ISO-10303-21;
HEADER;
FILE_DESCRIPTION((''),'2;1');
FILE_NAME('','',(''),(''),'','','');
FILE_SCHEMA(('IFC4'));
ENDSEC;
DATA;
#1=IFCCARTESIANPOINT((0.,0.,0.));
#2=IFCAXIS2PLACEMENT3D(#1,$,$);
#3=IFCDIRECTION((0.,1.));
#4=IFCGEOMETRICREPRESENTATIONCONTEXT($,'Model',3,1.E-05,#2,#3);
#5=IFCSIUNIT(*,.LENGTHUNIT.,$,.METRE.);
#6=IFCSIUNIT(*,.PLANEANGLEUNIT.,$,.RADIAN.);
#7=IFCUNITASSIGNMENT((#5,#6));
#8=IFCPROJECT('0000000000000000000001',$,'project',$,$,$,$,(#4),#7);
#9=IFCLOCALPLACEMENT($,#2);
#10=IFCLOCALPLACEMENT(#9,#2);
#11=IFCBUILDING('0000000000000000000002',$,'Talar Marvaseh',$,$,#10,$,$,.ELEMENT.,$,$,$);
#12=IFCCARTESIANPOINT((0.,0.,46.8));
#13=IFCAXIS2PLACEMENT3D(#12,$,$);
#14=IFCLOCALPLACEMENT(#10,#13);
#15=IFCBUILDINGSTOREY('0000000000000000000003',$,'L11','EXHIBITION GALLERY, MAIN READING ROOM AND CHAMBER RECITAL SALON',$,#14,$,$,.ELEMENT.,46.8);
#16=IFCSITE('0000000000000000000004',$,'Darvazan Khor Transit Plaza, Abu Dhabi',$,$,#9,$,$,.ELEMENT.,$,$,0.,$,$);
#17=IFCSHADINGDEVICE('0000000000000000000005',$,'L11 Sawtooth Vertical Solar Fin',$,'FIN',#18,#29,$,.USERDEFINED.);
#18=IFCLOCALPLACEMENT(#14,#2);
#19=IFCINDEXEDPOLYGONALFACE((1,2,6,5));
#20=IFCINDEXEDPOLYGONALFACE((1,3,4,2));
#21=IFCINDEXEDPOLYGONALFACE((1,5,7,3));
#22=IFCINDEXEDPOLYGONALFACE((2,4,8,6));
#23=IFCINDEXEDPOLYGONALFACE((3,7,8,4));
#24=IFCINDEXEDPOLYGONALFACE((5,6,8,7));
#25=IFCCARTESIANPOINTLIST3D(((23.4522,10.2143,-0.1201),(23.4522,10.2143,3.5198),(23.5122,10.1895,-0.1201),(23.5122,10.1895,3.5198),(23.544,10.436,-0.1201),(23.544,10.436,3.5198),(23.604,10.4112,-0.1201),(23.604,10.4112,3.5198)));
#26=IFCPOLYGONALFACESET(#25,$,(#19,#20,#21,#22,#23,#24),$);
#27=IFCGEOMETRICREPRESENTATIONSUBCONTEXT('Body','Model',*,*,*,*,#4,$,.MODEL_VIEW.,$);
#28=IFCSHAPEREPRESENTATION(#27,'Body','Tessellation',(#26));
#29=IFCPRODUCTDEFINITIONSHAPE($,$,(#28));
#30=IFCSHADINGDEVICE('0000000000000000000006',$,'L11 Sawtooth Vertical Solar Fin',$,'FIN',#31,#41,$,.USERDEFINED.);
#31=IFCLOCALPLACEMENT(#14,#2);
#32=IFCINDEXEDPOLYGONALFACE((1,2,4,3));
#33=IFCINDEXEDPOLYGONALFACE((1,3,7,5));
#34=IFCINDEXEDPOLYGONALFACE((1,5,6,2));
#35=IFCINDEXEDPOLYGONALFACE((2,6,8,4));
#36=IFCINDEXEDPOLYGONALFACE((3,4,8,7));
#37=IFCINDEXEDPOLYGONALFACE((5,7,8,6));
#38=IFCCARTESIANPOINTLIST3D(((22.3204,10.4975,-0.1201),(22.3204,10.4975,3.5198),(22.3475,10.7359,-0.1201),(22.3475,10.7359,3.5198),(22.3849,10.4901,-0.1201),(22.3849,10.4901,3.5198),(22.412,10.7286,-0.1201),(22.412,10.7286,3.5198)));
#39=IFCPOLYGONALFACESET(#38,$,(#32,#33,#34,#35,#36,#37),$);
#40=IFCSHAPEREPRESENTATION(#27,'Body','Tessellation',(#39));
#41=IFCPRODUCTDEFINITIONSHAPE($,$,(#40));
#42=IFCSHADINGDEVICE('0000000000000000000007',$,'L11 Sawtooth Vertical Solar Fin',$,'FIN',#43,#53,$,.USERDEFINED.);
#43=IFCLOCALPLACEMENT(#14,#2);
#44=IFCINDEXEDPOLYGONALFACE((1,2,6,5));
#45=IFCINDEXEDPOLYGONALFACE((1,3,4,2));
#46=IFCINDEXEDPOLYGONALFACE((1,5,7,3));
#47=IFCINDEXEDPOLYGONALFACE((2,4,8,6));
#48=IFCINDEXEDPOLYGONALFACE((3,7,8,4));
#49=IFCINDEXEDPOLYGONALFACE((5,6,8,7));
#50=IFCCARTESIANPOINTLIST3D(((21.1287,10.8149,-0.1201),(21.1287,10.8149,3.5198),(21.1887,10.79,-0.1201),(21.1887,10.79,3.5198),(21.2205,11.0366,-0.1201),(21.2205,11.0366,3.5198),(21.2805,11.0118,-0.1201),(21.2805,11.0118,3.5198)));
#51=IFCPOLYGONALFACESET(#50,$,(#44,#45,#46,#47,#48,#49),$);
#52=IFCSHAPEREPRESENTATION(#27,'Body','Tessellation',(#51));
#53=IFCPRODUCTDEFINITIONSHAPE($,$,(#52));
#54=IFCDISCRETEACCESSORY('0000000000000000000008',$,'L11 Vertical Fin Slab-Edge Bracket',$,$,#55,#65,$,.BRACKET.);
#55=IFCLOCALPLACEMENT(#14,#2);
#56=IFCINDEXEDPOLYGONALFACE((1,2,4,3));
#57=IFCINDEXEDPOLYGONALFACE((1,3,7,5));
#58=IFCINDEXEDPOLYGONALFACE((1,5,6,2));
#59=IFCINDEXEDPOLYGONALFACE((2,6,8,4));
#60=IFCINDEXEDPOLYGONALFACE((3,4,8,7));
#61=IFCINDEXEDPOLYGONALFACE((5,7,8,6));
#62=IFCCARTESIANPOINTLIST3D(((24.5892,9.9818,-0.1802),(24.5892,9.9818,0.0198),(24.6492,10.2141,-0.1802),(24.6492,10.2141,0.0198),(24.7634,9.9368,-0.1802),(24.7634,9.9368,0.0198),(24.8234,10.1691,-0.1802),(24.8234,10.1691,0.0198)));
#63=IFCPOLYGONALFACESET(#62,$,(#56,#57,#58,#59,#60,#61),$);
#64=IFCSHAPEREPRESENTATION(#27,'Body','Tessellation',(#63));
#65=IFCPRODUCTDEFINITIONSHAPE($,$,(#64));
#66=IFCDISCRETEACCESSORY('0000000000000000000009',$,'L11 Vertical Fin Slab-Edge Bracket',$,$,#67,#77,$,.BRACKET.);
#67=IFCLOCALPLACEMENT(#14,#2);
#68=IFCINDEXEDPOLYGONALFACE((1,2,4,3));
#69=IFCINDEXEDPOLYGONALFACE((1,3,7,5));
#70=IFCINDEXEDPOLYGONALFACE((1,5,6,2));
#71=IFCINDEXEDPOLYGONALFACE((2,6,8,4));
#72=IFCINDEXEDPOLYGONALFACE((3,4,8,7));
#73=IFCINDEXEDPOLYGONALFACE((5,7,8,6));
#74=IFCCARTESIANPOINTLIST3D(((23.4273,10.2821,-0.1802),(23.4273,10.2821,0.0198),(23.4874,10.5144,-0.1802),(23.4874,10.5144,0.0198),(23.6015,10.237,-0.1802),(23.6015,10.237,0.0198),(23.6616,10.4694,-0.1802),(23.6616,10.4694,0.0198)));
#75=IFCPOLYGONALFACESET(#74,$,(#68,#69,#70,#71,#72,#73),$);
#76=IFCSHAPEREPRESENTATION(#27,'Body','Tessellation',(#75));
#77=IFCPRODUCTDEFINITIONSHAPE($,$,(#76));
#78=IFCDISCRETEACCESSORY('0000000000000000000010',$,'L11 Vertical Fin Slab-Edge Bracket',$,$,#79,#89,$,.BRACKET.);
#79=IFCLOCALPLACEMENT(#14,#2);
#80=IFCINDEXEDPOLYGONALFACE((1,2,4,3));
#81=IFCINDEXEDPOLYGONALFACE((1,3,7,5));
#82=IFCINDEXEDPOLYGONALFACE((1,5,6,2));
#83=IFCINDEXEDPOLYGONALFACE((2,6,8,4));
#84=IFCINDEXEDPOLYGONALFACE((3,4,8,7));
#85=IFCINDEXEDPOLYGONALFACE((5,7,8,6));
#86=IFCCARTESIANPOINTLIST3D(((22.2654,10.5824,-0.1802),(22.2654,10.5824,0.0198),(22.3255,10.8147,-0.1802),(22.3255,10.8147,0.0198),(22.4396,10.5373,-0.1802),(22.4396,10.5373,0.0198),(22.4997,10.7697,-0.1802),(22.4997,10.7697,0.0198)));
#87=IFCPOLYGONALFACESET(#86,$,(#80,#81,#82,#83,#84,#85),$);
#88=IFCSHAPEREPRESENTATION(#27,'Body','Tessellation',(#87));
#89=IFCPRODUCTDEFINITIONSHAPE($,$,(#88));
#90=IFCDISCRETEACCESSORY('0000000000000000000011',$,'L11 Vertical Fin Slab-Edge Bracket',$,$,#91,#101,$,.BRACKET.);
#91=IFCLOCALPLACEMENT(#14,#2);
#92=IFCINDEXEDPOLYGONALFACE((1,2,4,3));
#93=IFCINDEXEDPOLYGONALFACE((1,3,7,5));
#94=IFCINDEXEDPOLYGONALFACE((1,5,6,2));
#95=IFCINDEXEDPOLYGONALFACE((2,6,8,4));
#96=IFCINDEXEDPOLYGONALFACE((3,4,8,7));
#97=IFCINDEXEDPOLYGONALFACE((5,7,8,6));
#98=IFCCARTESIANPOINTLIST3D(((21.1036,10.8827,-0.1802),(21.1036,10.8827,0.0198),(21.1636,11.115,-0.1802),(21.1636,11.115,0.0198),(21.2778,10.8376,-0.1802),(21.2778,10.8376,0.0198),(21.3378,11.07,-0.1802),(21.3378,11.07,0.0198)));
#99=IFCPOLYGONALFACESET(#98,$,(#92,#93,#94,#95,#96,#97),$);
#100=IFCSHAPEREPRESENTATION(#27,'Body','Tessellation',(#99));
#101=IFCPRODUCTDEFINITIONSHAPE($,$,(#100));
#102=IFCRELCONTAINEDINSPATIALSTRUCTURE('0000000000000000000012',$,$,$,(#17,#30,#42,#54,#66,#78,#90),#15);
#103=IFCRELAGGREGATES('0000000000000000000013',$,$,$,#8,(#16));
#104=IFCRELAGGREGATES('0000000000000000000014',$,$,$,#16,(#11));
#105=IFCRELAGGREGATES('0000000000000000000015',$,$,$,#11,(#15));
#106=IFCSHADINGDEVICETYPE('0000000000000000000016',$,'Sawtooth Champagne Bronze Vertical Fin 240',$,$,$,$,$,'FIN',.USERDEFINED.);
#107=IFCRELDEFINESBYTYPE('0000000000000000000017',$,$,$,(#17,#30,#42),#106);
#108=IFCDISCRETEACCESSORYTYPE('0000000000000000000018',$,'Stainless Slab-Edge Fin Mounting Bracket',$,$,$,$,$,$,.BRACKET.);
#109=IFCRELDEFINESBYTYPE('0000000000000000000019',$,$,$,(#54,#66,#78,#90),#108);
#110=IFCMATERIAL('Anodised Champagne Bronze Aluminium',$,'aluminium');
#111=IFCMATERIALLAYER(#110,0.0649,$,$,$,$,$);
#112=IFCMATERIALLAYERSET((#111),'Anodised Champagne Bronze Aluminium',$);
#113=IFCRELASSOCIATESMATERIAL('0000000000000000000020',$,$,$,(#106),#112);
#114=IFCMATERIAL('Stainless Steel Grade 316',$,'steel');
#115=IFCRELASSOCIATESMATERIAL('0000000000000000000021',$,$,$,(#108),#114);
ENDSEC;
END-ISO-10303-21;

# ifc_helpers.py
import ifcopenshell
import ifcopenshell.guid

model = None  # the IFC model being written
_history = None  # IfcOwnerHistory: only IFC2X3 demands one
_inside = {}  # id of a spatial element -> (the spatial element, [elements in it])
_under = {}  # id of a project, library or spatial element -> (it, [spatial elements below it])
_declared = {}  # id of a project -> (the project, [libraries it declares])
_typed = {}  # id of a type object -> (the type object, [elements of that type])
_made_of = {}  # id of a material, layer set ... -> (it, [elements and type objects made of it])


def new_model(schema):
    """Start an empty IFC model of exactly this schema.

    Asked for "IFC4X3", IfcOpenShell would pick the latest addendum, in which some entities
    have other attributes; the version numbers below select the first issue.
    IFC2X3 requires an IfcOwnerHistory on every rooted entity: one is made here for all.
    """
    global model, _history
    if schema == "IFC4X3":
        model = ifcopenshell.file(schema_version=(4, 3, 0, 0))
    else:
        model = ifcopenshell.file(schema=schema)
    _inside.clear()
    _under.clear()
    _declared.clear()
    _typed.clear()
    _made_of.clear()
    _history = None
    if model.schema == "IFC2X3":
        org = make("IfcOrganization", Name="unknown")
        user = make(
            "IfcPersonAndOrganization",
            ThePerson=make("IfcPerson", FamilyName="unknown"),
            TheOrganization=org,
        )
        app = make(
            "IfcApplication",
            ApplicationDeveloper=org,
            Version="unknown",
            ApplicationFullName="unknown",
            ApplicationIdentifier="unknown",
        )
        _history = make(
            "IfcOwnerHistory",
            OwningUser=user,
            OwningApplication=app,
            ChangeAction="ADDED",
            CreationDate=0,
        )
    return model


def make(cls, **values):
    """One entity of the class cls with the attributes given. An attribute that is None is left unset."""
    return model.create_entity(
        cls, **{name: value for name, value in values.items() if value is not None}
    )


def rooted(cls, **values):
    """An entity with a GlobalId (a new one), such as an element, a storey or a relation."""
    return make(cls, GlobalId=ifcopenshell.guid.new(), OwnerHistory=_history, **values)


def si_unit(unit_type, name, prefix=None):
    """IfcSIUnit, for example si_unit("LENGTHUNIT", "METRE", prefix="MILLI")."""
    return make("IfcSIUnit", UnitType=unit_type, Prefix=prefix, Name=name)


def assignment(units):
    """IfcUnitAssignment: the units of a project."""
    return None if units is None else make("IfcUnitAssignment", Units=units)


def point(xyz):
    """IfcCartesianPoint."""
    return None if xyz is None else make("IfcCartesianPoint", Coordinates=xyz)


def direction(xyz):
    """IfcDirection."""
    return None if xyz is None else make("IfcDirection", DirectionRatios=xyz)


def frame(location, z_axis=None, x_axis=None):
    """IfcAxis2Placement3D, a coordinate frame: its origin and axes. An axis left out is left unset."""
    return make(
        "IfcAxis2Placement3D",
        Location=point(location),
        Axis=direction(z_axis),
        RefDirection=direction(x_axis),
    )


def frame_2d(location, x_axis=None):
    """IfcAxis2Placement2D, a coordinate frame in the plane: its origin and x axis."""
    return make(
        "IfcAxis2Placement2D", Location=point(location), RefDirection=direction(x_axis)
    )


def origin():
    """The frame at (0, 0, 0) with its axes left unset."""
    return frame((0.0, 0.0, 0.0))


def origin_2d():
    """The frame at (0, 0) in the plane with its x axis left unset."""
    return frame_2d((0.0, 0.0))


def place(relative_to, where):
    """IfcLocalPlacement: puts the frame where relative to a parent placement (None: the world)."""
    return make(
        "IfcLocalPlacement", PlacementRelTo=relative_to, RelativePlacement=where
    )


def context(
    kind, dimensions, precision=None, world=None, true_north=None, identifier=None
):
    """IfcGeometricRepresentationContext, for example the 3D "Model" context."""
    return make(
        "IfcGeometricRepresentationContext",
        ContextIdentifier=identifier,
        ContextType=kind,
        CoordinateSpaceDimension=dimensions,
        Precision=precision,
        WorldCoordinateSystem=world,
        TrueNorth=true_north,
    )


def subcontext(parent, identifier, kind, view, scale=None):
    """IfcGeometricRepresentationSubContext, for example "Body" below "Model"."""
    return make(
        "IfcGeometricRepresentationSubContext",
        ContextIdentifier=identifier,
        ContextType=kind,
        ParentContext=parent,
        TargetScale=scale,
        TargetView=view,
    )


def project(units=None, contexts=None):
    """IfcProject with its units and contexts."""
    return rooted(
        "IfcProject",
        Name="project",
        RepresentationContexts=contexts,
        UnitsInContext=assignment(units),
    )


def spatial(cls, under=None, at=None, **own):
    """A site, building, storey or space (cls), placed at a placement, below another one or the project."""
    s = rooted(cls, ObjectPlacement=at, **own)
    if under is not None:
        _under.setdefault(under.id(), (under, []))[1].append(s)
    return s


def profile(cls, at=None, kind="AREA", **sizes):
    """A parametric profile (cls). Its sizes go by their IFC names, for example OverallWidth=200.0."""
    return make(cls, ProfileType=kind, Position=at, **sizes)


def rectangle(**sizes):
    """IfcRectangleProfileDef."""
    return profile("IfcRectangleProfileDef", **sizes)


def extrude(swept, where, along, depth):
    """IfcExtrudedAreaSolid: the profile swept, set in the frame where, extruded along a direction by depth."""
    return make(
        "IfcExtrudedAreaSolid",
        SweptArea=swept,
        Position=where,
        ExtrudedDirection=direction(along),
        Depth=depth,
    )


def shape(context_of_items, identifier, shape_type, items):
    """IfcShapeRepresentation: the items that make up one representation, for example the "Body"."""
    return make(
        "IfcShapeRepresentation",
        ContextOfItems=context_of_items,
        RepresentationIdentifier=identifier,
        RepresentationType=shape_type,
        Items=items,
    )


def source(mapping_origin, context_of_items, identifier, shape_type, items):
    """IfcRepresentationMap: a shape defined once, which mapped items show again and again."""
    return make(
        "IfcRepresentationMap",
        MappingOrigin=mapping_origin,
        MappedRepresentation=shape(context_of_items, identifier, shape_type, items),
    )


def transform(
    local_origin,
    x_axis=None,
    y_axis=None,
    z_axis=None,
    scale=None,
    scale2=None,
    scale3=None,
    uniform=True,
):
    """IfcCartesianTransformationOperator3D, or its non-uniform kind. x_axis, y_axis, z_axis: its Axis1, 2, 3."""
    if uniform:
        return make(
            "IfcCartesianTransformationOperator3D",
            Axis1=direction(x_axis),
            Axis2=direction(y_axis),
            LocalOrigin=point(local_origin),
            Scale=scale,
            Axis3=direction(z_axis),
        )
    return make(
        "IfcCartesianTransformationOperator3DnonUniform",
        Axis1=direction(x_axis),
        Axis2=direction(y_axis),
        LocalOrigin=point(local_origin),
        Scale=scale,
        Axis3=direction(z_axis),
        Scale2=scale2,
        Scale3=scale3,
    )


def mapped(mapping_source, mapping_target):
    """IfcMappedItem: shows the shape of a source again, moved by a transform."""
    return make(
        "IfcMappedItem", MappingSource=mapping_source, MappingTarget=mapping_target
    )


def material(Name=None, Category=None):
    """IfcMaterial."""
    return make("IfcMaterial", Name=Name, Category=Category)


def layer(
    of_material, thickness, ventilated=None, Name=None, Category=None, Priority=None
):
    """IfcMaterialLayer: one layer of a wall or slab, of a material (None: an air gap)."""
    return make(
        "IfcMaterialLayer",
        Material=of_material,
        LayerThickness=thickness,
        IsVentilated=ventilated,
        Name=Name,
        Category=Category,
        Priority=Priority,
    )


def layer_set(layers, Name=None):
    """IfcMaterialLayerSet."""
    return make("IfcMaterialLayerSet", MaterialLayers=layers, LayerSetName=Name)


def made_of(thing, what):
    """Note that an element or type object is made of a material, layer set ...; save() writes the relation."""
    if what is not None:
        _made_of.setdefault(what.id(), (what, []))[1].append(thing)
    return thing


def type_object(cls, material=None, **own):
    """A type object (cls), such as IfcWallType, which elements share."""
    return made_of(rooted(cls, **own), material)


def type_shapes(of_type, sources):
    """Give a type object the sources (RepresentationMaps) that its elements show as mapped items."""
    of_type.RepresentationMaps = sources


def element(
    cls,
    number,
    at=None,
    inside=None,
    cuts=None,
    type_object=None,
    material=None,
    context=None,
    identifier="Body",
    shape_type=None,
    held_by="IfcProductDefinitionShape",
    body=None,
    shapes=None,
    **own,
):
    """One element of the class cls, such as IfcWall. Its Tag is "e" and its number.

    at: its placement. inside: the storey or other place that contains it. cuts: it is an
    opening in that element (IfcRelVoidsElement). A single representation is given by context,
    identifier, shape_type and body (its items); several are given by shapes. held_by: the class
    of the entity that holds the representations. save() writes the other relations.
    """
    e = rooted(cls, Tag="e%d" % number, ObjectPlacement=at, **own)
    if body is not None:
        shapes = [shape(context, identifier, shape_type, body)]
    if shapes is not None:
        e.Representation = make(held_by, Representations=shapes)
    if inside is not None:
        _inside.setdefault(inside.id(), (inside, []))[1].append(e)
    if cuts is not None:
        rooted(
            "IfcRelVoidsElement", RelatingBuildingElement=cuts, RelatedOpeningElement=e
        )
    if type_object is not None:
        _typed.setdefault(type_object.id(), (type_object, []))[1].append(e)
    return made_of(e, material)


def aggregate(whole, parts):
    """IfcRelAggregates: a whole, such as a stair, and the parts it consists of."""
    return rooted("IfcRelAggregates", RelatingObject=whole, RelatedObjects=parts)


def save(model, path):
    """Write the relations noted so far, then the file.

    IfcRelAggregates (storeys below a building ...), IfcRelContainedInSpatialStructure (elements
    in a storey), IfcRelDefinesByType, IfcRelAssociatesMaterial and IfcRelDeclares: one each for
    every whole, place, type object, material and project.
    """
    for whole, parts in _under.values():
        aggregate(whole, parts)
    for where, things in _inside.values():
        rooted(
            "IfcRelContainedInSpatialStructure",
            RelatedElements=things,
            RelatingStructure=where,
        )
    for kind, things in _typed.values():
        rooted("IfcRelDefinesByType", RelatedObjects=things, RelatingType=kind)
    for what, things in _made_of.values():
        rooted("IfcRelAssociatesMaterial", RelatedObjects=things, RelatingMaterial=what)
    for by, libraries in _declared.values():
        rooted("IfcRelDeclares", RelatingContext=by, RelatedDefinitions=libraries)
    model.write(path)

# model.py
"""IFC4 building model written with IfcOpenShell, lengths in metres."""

from ifc_helpers import new_model, si_unit, direction, frame, origin, origin_2d, place, context, subcontext, project, spatial, rectangle, extrude, source, transform, mapped, material, layer, layer_set, type_object, type_shapes, element, save


model = new_model("IFC4")

# Units and contexts
model_context = context("Model", 3, precision=1e-05, world=origin(), true_north=direction((0.0, 1.0)))
body_context = subcontext(model_context, "Body", "Model", "MODEL_VIEW")
ifc_project = project(units=[si_unit("LENGTHUNIT", "METRE"), si_unit("PLANEANGLEUNIT", "RADIAN")], contexts=[model_context])

# Site, building, storey
site_placement = place(None, origin())
site = spatial("IfcSite", under=ifc_project, at=site_placement, Name="Darvazan Khor Transit Plaza, Abu Dhabi", CompositionType="ELEMENT", RefElevation=0.0)
building_placement = place(site_placement, origin())
building = spatial("IfcBuilding", under=site, at=building_placement, Name="Talar Marvaseh", CompositionType="ELEMENT")
storey_placement = place(building_placement, frame((0.0, 0.0, 46.8)))
storey = spatial("IfcBuildingStorey", under=building, at=storey_placement, Name="L11", Description="EXHIBITION GALLERY, MAIN READING ROOM AND CHAMBER RECITAL SALON", CompositionType="ELEMENT", Elevation=46.8)

# Shading devices
ifc_material_1 = material(Name="Anodised Champagne Bronze Aluminium", Category="aluminium")
ifc_layer_1 = layer(ifc_material_1, 0.0649)
ifc_layer_set_1 = layer_set([ifc_layer_1], Name="Anodised Champagne Bronze Aluminium")
shading_device_type = type_object("IfcShadingDeviceType", Name="Sawtooth Champagne Bronze Vertical Fin 240", ElementType="FIN", PredefinedType="USERDEFINED", material=ifc_layer_set_1)
shared_shape_1 = source(origin(), body_context, "Body", "SweptSolid", [
    extrude(rectangle(XDim=0.24, YDim=0.0649, at=origin_2d()), origin(), (0.0, 0.0, 1.0), 3.6399),
])
type_shapes(shading_device_type, [shared_shape_1])
for number, where, z_axis, x_axis, name in (
    (1, (23.5281, 10.3127, -0.1201), (0.0, 0.0, 1.0), (-0.382522, -0.923946, 0.0), "L11 Sawtooth Vertical Solar Fin"),
    (2, (22.3662, 10.613, -0.1201), (0.0, 0.0, 1.0), (-0.11303, -0.993592, 0.0), "L11 Sawtooth Vertical Solar Fin"),
    (3, (21.2046, 10.9133, -0.1201), (0.0, 0.0, 1.0), (-0.382522, -0.923946, 0.0), "L11 Sawtooth Vertical Solar Fin"),
):
    element("IfcShadingDevice", number, at=place(storey_placement, frame(where, z_axis=z_axis, x_axis=x_axis)), inside=storey, type_object=shading_device_type, Name=name, ObjectType="FIN", PredefinedType="USERDEFINED", context=body_context, shape_type="MappedRepresentation", body=[
        mapped(shared_shape_1, transform((0.0, 0.0, 0.0), x_axis=(1.0, 0.0, 0.0), y_axis=(0.0, 1.0, 0.0), z_axis=(0.0, 0.0, 1.0), scale=1.0)),
    ])

# Discrete accessories
ifc_material_2 = material(Name="Stainless Steel Grade 316", Category="steel")
discrete_accessory_type = type_object("IfcDiscreteAccessoryType", Name="Stainless Slab-Edge Fin Mounting Bracket", PredefinedType="BRACKET", material=ifc_material_2)
shared_shape_2 = source(origin(), body_context, "Body", "SweptSolid", [
    extrude(rectangle(XDim=0.24, YDim=0.1799, at=origin_2d()), origin(), (0.0, 0.0, 1.0), 0.2),
])
type_shapes(discrete_accessory_type, [shared_shape_2])
for number, where, z_axis, x_axis, name in (
    (4, (24.7063, 10.0754, -0.1802), (0.0, 0.0, 1.0), (-0.250211, -0.968191, 0.0), "L11 Vertical Fin Slab-Edge Bracket"),
    (5, (23.5444, 10.3757, -0.1802), (0.0, 0.0, 1.0), (-0.250211, -0.968191, 0.0), "L11 Vertical Fin Slab-Edge Bracket"),
    (6, (22.3826, 10.676, -0.1802), (0.0, 0.0, 1.0), (-0.250211, -0.968191, 0.0), "L11 Vertical Fin Slab-Edge Bracket"),
    (7, (21.2207, 10.9763, -0.1802), (0.0, 0.0, 1.0), (-0.250211, -0.968191, 0.0), "L11 Vertical Fin Slab-Edge Bracket"),
):
    element("IfcDiscreteAccessory", number, at=place(storey_placement, frame(where, z_axis=z_axis, x_axis=x_axis)), inside=storey, type_object=discrete_accessory_type, Name=name, PredefinedType="BRACKET", context=body_context, shape_type="MappedRepresentation", body=[
        mapped(shared_shape_2, transform((0.0, 0.0, 0.0), x_axis=(1.0, 0.0, 0.0), y_axis=(0.0, 1.0, 0.0), z_axis=(0.0, 0.0, 1.0), scale=1.0)),
    ])

save(model, "model.ifc")
